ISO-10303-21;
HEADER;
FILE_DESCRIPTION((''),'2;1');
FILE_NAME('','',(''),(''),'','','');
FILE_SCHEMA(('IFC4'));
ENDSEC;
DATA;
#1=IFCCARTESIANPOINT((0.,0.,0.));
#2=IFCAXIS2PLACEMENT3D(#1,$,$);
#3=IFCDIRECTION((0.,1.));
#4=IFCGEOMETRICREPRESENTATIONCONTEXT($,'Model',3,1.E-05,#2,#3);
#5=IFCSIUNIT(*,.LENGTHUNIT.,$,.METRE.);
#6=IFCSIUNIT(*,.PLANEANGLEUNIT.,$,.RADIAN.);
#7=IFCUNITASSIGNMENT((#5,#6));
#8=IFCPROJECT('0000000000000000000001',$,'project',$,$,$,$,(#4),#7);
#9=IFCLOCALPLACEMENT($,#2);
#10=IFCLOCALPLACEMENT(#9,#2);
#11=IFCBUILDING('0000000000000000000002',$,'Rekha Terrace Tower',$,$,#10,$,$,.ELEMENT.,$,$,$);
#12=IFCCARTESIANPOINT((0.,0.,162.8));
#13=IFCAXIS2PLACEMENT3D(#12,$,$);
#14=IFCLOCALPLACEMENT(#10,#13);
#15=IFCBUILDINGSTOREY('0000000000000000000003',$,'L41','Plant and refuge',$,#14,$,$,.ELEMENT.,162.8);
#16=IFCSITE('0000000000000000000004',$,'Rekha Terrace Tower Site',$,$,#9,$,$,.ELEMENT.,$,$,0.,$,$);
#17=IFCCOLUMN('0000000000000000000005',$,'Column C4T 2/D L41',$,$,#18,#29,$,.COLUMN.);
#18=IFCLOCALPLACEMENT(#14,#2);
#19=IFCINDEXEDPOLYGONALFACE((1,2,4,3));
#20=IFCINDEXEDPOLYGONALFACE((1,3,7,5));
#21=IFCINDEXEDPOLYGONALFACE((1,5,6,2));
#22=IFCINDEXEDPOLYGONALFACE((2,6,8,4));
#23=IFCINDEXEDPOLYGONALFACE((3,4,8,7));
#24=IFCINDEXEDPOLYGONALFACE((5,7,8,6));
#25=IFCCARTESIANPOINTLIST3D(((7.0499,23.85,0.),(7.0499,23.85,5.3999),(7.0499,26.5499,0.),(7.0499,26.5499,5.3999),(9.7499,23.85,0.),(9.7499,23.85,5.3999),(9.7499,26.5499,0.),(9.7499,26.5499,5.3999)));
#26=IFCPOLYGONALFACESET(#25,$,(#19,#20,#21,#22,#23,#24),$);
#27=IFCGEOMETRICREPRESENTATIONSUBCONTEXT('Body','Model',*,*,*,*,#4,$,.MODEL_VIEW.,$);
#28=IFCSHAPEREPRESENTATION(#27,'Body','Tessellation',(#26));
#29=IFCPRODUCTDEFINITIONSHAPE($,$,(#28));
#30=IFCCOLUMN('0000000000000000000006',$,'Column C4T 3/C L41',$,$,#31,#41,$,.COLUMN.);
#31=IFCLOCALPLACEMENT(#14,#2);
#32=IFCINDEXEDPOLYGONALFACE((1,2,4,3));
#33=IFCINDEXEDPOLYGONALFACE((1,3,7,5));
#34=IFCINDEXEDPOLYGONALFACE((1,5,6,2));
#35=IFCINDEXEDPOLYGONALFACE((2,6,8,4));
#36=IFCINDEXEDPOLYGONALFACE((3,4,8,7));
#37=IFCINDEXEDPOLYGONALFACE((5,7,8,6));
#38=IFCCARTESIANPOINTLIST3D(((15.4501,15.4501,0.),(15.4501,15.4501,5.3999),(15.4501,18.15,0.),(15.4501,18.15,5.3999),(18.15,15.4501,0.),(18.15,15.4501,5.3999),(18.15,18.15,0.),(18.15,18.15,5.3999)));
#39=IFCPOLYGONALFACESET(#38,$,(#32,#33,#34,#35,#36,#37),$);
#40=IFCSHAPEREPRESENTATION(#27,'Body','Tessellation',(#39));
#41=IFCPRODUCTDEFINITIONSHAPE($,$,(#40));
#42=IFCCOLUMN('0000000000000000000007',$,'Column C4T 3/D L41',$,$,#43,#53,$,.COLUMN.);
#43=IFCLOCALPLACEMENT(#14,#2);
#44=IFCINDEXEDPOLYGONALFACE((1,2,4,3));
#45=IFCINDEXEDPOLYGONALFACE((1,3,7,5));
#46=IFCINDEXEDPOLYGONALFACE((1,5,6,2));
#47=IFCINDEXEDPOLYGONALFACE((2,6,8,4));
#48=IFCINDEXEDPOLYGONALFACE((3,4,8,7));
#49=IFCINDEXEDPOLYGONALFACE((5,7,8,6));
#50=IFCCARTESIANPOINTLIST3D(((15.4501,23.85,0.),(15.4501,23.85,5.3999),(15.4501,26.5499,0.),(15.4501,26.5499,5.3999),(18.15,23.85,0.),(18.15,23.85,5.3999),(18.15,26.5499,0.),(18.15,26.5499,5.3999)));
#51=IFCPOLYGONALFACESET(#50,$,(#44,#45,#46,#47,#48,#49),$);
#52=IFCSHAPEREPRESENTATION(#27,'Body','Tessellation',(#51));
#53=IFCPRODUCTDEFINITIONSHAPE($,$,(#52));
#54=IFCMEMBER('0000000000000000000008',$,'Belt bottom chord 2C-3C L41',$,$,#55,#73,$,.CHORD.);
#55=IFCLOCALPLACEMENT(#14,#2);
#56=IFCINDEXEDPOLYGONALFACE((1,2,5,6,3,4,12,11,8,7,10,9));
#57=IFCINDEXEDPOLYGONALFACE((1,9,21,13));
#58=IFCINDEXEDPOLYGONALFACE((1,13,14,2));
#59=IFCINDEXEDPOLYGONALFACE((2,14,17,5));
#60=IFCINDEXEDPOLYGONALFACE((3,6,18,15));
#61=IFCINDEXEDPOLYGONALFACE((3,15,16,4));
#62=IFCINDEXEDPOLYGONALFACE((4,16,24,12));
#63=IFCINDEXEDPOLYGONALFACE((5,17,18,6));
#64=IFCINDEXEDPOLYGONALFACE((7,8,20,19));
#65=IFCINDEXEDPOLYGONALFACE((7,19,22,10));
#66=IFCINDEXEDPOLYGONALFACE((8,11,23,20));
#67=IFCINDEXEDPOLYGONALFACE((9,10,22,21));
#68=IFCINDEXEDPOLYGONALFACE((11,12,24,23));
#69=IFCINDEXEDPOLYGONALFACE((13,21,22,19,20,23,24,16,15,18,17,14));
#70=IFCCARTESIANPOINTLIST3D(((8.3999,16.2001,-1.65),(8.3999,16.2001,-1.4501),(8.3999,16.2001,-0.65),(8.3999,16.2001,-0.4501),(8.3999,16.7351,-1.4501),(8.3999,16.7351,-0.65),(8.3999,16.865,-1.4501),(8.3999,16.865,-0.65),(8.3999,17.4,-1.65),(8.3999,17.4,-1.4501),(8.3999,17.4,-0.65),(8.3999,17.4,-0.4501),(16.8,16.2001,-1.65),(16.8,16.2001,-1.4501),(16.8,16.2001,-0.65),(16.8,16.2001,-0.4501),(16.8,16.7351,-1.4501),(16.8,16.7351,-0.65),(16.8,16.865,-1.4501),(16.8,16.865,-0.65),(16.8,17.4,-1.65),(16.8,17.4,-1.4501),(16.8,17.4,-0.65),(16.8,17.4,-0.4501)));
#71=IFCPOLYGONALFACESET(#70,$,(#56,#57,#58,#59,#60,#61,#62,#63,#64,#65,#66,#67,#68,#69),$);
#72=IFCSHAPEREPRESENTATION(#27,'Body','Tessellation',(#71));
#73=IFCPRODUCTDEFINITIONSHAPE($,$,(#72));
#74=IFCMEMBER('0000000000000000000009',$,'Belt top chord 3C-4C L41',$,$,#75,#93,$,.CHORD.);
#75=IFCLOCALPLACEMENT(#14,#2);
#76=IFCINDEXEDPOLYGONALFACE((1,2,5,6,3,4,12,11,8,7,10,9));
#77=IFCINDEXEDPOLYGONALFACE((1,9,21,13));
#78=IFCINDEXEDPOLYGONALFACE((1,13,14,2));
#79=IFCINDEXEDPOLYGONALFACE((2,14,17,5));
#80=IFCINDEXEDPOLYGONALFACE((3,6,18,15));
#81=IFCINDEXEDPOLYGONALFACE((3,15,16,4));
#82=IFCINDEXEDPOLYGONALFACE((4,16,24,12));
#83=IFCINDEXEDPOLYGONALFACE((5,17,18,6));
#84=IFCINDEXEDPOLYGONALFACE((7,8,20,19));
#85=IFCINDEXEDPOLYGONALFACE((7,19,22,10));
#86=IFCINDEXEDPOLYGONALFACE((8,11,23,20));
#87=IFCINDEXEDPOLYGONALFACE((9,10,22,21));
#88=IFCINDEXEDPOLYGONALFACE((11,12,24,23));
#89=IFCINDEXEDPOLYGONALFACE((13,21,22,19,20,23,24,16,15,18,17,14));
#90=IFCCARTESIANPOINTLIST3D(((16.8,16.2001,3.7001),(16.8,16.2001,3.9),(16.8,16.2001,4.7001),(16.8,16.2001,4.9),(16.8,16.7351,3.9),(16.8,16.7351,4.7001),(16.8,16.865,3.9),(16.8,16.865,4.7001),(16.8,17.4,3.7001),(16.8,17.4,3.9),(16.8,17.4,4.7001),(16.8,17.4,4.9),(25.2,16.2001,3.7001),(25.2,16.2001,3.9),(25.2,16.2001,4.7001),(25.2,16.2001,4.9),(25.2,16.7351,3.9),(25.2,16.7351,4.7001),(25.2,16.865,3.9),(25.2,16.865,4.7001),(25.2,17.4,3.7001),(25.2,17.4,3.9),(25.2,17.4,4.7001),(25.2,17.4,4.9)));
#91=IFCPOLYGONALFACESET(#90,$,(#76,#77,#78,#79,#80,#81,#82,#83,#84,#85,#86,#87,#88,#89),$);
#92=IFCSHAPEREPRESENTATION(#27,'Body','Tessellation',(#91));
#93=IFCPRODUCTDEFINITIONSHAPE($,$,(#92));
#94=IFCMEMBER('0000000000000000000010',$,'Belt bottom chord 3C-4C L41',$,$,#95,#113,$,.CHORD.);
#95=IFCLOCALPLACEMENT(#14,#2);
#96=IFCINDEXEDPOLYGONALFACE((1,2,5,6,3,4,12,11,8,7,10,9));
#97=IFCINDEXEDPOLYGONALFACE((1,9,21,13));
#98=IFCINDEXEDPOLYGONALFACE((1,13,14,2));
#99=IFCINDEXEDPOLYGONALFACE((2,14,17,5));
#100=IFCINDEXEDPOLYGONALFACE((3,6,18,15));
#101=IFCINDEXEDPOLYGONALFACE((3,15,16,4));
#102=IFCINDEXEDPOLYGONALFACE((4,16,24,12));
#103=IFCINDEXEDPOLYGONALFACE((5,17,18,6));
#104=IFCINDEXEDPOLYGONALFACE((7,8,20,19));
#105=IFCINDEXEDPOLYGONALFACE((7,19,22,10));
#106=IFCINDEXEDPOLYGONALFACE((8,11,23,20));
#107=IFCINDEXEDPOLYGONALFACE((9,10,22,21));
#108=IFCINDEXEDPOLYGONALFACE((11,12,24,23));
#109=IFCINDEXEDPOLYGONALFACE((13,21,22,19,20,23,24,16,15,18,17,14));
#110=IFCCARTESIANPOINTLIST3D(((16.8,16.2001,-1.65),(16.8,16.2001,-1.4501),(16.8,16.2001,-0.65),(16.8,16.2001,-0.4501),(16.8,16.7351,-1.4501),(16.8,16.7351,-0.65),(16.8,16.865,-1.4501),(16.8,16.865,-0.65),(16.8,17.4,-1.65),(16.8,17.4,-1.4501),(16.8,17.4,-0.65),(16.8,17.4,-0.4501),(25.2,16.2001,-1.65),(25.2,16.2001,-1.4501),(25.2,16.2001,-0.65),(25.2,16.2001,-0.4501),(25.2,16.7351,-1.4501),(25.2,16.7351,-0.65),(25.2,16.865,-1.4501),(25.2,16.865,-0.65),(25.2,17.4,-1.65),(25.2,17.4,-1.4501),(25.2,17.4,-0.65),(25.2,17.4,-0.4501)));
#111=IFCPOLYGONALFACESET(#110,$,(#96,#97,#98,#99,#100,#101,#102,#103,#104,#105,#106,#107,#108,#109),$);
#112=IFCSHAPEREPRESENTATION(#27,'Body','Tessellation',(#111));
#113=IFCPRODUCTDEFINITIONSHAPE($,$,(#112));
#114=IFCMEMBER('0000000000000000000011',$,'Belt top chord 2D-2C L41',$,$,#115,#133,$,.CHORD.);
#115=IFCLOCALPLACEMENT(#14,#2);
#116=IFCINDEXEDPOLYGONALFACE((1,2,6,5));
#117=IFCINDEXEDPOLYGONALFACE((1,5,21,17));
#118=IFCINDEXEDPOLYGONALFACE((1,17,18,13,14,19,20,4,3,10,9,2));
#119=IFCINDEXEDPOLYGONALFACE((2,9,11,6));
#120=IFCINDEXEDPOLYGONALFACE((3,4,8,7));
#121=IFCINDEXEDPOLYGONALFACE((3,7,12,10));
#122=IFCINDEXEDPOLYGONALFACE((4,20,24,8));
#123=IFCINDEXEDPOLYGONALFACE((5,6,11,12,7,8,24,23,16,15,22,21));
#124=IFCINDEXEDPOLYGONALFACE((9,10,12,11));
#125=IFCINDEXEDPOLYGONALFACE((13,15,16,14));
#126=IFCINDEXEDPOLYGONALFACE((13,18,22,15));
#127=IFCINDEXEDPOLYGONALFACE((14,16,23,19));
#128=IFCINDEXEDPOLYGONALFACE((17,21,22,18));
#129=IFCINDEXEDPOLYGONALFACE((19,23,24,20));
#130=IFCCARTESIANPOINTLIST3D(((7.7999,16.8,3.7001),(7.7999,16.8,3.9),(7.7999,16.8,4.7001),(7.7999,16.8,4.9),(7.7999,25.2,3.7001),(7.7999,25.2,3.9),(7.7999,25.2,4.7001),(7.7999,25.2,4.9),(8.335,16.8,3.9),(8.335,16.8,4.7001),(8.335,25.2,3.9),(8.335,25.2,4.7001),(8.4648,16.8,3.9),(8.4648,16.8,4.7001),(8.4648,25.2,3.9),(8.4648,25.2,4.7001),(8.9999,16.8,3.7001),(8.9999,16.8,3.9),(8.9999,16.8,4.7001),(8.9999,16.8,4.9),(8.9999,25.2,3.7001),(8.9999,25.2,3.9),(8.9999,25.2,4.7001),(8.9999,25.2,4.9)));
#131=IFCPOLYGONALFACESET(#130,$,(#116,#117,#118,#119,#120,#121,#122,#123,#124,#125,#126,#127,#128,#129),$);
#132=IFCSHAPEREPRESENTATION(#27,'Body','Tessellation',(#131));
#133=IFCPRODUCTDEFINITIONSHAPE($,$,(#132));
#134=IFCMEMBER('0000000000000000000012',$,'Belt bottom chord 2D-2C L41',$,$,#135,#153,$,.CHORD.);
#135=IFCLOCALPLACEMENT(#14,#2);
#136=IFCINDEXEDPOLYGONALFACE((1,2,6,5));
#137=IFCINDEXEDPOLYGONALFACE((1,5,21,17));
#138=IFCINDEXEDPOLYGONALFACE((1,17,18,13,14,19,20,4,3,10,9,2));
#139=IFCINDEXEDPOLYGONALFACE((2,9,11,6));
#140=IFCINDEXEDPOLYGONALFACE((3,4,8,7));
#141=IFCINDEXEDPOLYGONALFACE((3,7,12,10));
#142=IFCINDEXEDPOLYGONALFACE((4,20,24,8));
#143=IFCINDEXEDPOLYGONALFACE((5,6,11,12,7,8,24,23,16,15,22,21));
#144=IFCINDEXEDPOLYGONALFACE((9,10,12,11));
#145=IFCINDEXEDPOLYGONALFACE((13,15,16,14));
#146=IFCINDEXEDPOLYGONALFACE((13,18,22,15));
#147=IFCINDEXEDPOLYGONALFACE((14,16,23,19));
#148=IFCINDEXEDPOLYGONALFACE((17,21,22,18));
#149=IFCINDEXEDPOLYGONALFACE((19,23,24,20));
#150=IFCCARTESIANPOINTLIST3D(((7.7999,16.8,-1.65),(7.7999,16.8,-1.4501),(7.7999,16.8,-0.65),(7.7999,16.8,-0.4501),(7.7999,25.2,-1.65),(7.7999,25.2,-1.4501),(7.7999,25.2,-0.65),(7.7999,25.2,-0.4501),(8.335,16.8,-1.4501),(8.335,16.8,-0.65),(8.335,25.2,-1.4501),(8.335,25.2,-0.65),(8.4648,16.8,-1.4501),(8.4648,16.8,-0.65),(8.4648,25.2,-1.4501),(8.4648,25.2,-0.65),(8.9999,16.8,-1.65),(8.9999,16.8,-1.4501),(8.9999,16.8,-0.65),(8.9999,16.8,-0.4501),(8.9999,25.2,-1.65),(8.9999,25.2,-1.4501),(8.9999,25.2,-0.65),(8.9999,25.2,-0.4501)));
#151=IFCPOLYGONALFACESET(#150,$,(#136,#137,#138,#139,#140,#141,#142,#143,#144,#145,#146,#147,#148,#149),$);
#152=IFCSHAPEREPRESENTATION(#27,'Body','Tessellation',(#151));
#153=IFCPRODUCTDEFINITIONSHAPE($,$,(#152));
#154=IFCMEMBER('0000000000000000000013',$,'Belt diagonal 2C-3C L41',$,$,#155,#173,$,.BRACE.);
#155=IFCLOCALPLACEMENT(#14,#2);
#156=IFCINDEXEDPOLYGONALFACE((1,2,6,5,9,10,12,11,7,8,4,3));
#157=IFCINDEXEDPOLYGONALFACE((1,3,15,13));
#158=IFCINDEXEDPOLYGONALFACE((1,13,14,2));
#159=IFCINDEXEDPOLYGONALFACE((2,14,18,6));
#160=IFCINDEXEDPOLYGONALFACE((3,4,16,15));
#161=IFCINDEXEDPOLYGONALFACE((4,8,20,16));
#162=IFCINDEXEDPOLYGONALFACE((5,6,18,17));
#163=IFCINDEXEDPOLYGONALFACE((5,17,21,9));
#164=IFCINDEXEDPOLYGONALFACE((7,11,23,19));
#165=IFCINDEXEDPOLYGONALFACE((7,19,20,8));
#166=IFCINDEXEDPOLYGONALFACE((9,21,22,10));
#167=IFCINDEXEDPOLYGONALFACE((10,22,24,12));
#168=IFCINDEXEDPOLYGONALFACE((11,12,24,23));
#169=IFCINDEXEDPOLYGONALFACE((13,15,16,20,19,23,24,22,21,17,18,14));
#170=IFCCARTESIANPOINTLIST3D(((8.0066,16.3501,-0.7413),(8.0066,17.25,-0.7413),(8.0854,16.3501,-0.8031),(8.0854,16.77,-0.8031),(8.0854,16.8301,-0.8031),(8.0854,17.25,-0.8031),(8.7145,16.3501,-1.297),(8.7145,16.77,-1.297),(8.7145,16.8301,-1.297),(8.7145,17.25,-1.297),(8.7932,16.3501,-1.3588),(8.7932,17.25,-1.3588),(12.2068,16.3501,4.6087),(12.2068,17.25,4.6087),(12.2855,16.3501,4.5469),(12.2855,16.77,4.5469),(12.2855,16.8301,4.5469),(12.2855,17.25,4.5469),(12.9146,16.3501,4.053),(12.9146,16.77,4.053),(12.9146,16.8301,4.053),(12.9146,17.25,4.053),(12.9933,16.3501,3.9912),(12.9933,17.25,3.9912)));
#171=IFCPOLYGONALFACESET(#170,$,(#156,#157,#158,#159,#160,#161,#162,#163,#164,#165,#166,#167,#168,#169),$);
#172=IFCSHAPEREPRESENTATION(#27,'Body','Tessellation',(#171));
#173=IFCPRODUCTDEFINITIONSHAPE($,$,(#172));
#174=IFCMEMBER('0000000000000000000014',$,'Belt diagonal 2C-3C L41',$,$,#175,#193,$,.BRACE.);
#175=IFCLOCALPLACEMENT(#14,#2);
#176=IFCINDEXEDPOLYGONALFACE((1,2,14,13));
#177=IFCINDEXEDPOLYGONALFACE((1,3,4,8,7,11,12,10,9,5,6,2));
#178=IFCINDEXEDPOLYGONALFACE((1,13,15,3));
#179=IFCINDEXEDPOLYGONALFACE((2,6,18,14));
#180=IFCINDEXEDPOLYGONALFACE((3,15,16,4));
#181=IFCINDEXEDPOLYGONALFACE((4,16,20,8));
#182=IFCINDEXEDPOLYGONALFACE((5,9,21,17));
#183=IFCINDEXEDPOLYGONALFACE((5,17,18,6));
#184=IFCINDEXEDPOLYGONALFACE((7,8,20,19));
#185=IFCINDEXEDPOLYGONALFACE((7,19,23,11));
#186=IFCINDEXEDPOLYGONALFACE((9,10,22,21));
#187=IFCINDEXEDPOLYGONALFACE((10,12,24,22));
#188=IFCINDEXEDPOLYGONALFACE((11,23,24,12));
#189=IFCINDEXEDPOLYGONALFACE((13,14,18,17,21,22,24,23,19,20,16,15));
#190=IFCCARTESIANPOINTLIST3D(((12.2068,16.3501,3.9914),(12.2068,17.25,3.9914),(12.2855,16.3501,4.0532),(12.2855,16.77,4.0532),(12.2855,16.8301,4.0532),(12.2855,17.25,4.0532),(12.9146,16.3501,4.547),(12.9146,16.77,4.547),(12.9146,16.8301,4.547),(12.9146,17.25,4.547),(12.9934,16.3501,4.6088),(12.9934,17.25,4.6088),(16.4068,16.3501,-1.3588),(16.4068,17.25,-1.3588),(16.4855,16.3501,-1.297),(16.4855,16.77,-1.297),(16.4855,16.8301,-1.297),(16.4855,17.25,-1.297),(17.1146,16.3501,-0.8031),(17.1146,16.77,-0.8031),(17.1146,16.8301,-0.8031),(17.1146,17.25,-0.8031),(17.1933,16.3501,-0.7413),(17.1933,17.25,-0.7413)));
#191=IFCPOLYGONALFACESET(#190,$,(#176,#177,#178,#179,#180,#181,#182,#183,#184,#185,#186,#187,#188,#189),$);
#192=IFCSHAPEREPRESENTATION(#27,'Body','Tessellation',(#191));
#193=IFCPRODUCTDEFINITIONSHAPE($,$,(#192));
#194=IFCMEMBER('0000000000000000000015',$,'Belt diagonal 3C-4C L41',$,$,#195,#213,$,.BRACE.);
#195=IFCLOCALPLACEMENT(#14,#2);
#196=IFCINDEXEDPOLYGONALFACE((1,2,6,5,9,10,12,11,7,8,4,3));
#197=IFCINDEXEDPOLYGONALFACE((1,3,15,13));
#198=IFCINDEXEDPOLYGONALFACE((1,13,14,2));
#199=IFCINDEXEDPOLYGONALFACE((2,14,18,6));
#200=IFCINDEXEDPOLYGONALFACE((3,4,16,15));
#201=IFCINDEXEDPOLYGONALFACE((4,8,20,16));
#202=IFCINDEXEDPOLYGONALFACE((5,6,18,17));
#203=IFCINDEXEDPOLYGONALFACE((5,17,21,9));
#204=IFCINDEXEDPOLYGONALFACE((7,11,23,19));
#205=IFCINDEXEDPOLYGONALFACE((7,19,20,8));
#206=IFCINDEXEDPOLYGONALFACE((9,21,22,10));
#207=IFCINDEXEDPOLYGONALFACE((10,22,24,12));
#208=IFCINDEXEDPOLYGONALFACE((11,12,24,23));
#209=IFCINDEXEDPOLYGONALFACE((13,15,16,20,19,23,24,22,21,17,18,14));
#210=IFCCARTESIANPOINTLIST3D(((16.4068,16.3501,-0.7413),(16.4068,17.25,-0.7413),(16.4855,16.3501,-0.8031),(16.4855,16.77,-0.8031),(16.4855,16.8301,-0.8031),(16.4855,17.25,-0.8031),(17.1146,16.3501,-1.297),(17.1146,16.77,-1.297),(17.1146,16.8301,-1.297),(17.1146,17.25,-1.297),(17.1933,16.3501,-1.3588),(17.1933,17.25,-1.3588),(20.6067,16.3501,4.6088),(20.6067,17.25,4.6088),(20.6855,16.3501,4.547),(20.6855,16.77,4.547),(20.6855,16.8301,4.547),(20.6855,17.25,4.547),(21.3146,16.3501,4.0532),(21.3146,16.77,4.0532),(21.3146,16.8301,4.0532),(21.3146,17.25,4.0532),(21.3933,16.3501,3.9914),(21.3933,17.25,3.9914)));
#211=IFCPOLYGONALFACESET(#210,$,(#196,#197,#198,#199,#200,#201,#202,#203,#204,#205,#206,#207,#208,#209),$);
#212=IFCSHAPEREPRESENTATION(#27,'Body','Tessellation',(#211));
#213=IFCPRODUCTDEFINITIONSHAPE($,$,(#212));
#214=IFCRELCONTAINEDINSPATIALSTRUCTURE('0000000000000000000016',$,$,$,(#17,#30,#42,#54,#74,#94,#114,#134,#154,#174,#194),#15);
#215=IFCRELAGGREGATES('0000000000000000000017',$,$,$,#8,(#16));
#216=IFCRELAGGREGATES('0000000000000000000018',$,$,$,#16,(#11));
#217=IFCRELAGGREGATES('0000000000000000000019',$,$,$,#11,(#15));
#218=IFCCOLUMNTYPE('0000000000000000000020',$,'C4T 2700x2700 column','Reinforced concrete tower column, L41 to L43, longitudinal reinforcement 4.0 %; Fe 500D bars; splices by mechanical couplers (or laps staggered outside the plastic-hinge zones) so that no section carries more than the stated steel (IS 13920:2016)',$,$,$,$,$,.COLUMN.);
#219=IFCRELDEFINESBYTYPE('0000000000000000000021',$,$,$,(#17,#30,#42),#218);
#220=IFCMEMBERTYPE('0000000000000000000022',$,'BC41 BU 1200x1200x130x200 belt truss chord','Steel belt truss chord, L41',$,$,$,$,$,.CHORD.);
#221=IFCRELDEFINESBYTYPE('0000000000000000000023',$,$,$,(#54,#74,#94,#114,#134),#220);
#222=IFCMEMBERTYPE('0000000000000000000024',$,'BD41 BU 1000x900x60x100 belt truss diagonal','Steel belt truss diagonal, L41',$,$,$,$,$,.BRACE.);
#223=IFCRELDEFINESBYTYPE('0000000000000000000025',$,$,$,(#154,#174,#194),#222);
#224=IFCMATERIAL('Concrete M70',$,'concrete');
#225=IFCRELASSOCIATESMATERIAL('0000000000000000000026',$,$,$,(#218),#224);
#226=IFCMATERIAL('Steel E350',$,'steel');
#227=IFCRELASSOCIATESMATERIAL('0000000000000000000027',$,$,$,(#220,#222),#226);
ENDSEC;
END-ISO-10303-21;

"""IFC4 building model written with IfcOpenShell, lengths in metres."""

from ifc_helpers import new_model, si_unit, direction, frame, origin, origin_2d, place, context, subcontext, project, spatial, rectangle, i_section, extrude, material, material_profile, profile_set, type_object, element, save


model = new_model("IFC4")

# Units and contexts
model_context = context("Model", 3, precision=1e-05, world=origin(), true_north=direction((0.0, 1.0)))
body_context = subcontext(model_context, "Body", "Model", "MODEL_VIEW")
ifc_project = project(units=[si_unit("LENGTHUNIT", "METRE"), si_unit("PLANEANGLEUNIT", "RADIAN")], contexts=[model_context])

# Site, building, storey
site_placement = place(None, origin())
site = spatial("IfcSite", under=ifc_project, at=site_placement, Name="Rekha Terrace Tower Site", CompositionType="ELEMENT", RefElevation=0.0)
building_placement = place(site_placement, origin())
building = spatial("IfcBuilding", under=site, at=building_placement, Name="Rekha Terrace Tower", CompositionType="ELEMENT")
storey_placement = place(building_placement, frame((0.0, 0.0, 162.8)))
storey = spatial("IfcBuildingStorey", under=building, at=storey_placement, Name="L41", Description="Plant and refuge", CompositionType="ELEMENT", Elevation=162.8)

# Columns
ifc_material_1 = material(Name="Concrete M70", Category="concrete")
ifc_material_profile_1 = material_profile(ifc_material_1, rectangle(XDim=2.7, YDim=2.7, at=origin_2d()), Name="RC 2700x2700")
ifc_profile_set_1 = profile_set([ifc_material_profile_1], Name="Concrete M70")
column_type = type_object("IfcColumnType", Name="C4T 2700x2700 column", Description="Reinforced concrete tower column, L41 to L43, longitudinal reinforcement 4.0 %; Fe 500D bars; splices by mechanical couplers (or laps staggered outside the plastic-hinge zones) so that no section carries more than the stated steel (IS 13920:2016)", PredefinedType="COLUMN", material=ifc_profile_set_1)
for number, where, z_axis, x_axis, name in (
    (1, (8.3999, 25.2, 0.0), (0.0, 0.0, 1.0), (1.0, 0.0, 0.0), "Column C4T 2/D L41"),
    (2, (16.8, 16.8, 0.0), (0.0, 0.0, 1.0), (1.0, 0.0, 0.0), "Column C4T 3/C L41"),
    (3, (16.8, 25.2, 0.0), (0.0, 0.0, 1.0), (1.0, 0.0, 0.0), "Column C4T 3/D L41"),
):
    element("IfcColumn", number, at=place(storey_placement, frame(where, z_axis=z_axis, x_axis=x_axis)), inside=storey, type_object=column_type, Name=name, PredefinedType="COLUMN", context=body_context, shape_type="SweptSolid", body=[
        extrude(rectangle(XDim=2.7, YDim=2.7, at=origin_2d()), origin(), (0.0, 0.0, 1.0), 5.3999),
    ])

# Members
ifc_material_2 = material(Name="Steel E350", Category="steel")
ifc_material_profile_2 = material_profile(ifc_material_2, i_section(OverallWidth=1.2, OverallDepth=1.2, WebThickness=0.1299, FlangeThickness=0.2, at=origin_2d()), Name="BU 1200x1200x130x200")
ifc_profile_set_2 = profile_set([ifc_material_profile_2], Name="Steel E350")
member_type_1 = type_object("IfcMemberType", Name="BC41 BU 1200x1200x130x200 belt truss chord", Description="Steel belt truss chord, L41", PredefinedType="CHORD", material=ifc_profile_set_2)
member_1_placement = place(storey_placement, frame((8.3999, 16.8, -1.05), z_axis=(1.0, 0.0, 0.0), x_axis=(0.0, 1.0, 0.0)))
element("IfcMember", 4, at=member_1_placement, inside=storey, type_object=member_type_1, Name="Belt bottom chord 2C-3C L41", PredefinedType="CHORD", context=body_context, shape_type="SweptSolid", body=[
    extrude(i_section(OverallWidth=1.2, OverallDepth=1.2, WebThickness=0.1299, FlangeThickness=0.2, at=origin_2d()), origin(), (0.0, 0.0, 1.0), 8.4001),
])
for number, where, z_axis, x_axis, name in (
    (5, (16.8, 16.8, 4.3), (1.0, 0.0, 0.0), (0.0, 1.0, 0.0), "Belt top chord 3C-4C L41"),
    (6, (16.8, 16.8, -1.05), (1.0, 0.0, 0.0), (0.0, 1.0, 0.0), "Belt bottom chord 3C-4C L41"),
    (7, (8.3999, 25.2, 4.3), (0.0, -1.0, 0.0), (1.0, 0.0, 0.0), "Belt top chord 2D-2C L41"),
    (8, (8.3999, 25.2, -1.05), (0.0, -1.0, 0.0), (1.0, 0.0, 0.0), "Belt bottom chord 2D-2C L41"),
):
    element("IfcMember", number, at=place(storey_placement, frame(where, z_axis=z_axis, x_axis=x_axis)), inside=storey, type_object=member_type_1, Name=name, PredefinedType="CHORD", context=body_context, shape_type="SweptSolid", body=[
        extrude(i_section(OverallWidth=1.2, OverallDepth=1.2, WebThickness=0.1299, FlangeThickness=0.2, at=origin_2d()), origin(), (0.0, 0.0, 1.0), 8.3999),
    ])
ifc_material_profile_3 = material_profile(ifc_material_2, i_section(OverallWidth=0.8999, OverallDepth=1.0, WebThickness=0.0601, FlangeThickness=0.1001, at=origin_2d()), Name="BU 1000x900x60x100")
ifc_profile_set_3 = profile_set([ifc_material_profile_3], Name="Steel E350")
member_type_2 = type_object("IfcMemberType", Name="BD41 BU 1000x900x60x100 belt truss diagonal", Description="Steel belt truss diagonal, L41", PredefinedType="BRACE", material=ifc_profile_set_3)
for number, where, z_axis, x_axis, name in (
    (9, (8.3999, 16.8, -1.05), (0.617508, 0.0, 0.786565), (0.0, 1.0, 0.0), "Belt diagonal 2C-3C L41"),
    (10, (16.8, 16.8, -1.05), (-0.617485, 0.0, 0.786582), (0.0, -1.0, 0.0), "Belt diagonal 2C-3C L41"),
    (11, (16.8, 16.8, -1.05), (0.617485, 0.0, 0.786582), (0.0, 1.0, 0.0), "Belt diagonal 3C-4C L41"),
):
    element("IfcMember", number, at=place(storey_placement, frame(where, z_axis=z_axis, x_axis=x_axis)), inside=storey, type_object=member_type_2, Name=name, PredefinedType="BRACE", context=body_context, shape_type="SweptSolid", body=[
        extrude(i_section(OverallWidth=0.8999, OverallDepth=1.0, WebThickness=0.0601, FlangeThickness=0.1001, at=origin_2d()), origin(), (0.0, 0.0, 1.0), 6.8018),
    ])

save(model, "model.ifc")
